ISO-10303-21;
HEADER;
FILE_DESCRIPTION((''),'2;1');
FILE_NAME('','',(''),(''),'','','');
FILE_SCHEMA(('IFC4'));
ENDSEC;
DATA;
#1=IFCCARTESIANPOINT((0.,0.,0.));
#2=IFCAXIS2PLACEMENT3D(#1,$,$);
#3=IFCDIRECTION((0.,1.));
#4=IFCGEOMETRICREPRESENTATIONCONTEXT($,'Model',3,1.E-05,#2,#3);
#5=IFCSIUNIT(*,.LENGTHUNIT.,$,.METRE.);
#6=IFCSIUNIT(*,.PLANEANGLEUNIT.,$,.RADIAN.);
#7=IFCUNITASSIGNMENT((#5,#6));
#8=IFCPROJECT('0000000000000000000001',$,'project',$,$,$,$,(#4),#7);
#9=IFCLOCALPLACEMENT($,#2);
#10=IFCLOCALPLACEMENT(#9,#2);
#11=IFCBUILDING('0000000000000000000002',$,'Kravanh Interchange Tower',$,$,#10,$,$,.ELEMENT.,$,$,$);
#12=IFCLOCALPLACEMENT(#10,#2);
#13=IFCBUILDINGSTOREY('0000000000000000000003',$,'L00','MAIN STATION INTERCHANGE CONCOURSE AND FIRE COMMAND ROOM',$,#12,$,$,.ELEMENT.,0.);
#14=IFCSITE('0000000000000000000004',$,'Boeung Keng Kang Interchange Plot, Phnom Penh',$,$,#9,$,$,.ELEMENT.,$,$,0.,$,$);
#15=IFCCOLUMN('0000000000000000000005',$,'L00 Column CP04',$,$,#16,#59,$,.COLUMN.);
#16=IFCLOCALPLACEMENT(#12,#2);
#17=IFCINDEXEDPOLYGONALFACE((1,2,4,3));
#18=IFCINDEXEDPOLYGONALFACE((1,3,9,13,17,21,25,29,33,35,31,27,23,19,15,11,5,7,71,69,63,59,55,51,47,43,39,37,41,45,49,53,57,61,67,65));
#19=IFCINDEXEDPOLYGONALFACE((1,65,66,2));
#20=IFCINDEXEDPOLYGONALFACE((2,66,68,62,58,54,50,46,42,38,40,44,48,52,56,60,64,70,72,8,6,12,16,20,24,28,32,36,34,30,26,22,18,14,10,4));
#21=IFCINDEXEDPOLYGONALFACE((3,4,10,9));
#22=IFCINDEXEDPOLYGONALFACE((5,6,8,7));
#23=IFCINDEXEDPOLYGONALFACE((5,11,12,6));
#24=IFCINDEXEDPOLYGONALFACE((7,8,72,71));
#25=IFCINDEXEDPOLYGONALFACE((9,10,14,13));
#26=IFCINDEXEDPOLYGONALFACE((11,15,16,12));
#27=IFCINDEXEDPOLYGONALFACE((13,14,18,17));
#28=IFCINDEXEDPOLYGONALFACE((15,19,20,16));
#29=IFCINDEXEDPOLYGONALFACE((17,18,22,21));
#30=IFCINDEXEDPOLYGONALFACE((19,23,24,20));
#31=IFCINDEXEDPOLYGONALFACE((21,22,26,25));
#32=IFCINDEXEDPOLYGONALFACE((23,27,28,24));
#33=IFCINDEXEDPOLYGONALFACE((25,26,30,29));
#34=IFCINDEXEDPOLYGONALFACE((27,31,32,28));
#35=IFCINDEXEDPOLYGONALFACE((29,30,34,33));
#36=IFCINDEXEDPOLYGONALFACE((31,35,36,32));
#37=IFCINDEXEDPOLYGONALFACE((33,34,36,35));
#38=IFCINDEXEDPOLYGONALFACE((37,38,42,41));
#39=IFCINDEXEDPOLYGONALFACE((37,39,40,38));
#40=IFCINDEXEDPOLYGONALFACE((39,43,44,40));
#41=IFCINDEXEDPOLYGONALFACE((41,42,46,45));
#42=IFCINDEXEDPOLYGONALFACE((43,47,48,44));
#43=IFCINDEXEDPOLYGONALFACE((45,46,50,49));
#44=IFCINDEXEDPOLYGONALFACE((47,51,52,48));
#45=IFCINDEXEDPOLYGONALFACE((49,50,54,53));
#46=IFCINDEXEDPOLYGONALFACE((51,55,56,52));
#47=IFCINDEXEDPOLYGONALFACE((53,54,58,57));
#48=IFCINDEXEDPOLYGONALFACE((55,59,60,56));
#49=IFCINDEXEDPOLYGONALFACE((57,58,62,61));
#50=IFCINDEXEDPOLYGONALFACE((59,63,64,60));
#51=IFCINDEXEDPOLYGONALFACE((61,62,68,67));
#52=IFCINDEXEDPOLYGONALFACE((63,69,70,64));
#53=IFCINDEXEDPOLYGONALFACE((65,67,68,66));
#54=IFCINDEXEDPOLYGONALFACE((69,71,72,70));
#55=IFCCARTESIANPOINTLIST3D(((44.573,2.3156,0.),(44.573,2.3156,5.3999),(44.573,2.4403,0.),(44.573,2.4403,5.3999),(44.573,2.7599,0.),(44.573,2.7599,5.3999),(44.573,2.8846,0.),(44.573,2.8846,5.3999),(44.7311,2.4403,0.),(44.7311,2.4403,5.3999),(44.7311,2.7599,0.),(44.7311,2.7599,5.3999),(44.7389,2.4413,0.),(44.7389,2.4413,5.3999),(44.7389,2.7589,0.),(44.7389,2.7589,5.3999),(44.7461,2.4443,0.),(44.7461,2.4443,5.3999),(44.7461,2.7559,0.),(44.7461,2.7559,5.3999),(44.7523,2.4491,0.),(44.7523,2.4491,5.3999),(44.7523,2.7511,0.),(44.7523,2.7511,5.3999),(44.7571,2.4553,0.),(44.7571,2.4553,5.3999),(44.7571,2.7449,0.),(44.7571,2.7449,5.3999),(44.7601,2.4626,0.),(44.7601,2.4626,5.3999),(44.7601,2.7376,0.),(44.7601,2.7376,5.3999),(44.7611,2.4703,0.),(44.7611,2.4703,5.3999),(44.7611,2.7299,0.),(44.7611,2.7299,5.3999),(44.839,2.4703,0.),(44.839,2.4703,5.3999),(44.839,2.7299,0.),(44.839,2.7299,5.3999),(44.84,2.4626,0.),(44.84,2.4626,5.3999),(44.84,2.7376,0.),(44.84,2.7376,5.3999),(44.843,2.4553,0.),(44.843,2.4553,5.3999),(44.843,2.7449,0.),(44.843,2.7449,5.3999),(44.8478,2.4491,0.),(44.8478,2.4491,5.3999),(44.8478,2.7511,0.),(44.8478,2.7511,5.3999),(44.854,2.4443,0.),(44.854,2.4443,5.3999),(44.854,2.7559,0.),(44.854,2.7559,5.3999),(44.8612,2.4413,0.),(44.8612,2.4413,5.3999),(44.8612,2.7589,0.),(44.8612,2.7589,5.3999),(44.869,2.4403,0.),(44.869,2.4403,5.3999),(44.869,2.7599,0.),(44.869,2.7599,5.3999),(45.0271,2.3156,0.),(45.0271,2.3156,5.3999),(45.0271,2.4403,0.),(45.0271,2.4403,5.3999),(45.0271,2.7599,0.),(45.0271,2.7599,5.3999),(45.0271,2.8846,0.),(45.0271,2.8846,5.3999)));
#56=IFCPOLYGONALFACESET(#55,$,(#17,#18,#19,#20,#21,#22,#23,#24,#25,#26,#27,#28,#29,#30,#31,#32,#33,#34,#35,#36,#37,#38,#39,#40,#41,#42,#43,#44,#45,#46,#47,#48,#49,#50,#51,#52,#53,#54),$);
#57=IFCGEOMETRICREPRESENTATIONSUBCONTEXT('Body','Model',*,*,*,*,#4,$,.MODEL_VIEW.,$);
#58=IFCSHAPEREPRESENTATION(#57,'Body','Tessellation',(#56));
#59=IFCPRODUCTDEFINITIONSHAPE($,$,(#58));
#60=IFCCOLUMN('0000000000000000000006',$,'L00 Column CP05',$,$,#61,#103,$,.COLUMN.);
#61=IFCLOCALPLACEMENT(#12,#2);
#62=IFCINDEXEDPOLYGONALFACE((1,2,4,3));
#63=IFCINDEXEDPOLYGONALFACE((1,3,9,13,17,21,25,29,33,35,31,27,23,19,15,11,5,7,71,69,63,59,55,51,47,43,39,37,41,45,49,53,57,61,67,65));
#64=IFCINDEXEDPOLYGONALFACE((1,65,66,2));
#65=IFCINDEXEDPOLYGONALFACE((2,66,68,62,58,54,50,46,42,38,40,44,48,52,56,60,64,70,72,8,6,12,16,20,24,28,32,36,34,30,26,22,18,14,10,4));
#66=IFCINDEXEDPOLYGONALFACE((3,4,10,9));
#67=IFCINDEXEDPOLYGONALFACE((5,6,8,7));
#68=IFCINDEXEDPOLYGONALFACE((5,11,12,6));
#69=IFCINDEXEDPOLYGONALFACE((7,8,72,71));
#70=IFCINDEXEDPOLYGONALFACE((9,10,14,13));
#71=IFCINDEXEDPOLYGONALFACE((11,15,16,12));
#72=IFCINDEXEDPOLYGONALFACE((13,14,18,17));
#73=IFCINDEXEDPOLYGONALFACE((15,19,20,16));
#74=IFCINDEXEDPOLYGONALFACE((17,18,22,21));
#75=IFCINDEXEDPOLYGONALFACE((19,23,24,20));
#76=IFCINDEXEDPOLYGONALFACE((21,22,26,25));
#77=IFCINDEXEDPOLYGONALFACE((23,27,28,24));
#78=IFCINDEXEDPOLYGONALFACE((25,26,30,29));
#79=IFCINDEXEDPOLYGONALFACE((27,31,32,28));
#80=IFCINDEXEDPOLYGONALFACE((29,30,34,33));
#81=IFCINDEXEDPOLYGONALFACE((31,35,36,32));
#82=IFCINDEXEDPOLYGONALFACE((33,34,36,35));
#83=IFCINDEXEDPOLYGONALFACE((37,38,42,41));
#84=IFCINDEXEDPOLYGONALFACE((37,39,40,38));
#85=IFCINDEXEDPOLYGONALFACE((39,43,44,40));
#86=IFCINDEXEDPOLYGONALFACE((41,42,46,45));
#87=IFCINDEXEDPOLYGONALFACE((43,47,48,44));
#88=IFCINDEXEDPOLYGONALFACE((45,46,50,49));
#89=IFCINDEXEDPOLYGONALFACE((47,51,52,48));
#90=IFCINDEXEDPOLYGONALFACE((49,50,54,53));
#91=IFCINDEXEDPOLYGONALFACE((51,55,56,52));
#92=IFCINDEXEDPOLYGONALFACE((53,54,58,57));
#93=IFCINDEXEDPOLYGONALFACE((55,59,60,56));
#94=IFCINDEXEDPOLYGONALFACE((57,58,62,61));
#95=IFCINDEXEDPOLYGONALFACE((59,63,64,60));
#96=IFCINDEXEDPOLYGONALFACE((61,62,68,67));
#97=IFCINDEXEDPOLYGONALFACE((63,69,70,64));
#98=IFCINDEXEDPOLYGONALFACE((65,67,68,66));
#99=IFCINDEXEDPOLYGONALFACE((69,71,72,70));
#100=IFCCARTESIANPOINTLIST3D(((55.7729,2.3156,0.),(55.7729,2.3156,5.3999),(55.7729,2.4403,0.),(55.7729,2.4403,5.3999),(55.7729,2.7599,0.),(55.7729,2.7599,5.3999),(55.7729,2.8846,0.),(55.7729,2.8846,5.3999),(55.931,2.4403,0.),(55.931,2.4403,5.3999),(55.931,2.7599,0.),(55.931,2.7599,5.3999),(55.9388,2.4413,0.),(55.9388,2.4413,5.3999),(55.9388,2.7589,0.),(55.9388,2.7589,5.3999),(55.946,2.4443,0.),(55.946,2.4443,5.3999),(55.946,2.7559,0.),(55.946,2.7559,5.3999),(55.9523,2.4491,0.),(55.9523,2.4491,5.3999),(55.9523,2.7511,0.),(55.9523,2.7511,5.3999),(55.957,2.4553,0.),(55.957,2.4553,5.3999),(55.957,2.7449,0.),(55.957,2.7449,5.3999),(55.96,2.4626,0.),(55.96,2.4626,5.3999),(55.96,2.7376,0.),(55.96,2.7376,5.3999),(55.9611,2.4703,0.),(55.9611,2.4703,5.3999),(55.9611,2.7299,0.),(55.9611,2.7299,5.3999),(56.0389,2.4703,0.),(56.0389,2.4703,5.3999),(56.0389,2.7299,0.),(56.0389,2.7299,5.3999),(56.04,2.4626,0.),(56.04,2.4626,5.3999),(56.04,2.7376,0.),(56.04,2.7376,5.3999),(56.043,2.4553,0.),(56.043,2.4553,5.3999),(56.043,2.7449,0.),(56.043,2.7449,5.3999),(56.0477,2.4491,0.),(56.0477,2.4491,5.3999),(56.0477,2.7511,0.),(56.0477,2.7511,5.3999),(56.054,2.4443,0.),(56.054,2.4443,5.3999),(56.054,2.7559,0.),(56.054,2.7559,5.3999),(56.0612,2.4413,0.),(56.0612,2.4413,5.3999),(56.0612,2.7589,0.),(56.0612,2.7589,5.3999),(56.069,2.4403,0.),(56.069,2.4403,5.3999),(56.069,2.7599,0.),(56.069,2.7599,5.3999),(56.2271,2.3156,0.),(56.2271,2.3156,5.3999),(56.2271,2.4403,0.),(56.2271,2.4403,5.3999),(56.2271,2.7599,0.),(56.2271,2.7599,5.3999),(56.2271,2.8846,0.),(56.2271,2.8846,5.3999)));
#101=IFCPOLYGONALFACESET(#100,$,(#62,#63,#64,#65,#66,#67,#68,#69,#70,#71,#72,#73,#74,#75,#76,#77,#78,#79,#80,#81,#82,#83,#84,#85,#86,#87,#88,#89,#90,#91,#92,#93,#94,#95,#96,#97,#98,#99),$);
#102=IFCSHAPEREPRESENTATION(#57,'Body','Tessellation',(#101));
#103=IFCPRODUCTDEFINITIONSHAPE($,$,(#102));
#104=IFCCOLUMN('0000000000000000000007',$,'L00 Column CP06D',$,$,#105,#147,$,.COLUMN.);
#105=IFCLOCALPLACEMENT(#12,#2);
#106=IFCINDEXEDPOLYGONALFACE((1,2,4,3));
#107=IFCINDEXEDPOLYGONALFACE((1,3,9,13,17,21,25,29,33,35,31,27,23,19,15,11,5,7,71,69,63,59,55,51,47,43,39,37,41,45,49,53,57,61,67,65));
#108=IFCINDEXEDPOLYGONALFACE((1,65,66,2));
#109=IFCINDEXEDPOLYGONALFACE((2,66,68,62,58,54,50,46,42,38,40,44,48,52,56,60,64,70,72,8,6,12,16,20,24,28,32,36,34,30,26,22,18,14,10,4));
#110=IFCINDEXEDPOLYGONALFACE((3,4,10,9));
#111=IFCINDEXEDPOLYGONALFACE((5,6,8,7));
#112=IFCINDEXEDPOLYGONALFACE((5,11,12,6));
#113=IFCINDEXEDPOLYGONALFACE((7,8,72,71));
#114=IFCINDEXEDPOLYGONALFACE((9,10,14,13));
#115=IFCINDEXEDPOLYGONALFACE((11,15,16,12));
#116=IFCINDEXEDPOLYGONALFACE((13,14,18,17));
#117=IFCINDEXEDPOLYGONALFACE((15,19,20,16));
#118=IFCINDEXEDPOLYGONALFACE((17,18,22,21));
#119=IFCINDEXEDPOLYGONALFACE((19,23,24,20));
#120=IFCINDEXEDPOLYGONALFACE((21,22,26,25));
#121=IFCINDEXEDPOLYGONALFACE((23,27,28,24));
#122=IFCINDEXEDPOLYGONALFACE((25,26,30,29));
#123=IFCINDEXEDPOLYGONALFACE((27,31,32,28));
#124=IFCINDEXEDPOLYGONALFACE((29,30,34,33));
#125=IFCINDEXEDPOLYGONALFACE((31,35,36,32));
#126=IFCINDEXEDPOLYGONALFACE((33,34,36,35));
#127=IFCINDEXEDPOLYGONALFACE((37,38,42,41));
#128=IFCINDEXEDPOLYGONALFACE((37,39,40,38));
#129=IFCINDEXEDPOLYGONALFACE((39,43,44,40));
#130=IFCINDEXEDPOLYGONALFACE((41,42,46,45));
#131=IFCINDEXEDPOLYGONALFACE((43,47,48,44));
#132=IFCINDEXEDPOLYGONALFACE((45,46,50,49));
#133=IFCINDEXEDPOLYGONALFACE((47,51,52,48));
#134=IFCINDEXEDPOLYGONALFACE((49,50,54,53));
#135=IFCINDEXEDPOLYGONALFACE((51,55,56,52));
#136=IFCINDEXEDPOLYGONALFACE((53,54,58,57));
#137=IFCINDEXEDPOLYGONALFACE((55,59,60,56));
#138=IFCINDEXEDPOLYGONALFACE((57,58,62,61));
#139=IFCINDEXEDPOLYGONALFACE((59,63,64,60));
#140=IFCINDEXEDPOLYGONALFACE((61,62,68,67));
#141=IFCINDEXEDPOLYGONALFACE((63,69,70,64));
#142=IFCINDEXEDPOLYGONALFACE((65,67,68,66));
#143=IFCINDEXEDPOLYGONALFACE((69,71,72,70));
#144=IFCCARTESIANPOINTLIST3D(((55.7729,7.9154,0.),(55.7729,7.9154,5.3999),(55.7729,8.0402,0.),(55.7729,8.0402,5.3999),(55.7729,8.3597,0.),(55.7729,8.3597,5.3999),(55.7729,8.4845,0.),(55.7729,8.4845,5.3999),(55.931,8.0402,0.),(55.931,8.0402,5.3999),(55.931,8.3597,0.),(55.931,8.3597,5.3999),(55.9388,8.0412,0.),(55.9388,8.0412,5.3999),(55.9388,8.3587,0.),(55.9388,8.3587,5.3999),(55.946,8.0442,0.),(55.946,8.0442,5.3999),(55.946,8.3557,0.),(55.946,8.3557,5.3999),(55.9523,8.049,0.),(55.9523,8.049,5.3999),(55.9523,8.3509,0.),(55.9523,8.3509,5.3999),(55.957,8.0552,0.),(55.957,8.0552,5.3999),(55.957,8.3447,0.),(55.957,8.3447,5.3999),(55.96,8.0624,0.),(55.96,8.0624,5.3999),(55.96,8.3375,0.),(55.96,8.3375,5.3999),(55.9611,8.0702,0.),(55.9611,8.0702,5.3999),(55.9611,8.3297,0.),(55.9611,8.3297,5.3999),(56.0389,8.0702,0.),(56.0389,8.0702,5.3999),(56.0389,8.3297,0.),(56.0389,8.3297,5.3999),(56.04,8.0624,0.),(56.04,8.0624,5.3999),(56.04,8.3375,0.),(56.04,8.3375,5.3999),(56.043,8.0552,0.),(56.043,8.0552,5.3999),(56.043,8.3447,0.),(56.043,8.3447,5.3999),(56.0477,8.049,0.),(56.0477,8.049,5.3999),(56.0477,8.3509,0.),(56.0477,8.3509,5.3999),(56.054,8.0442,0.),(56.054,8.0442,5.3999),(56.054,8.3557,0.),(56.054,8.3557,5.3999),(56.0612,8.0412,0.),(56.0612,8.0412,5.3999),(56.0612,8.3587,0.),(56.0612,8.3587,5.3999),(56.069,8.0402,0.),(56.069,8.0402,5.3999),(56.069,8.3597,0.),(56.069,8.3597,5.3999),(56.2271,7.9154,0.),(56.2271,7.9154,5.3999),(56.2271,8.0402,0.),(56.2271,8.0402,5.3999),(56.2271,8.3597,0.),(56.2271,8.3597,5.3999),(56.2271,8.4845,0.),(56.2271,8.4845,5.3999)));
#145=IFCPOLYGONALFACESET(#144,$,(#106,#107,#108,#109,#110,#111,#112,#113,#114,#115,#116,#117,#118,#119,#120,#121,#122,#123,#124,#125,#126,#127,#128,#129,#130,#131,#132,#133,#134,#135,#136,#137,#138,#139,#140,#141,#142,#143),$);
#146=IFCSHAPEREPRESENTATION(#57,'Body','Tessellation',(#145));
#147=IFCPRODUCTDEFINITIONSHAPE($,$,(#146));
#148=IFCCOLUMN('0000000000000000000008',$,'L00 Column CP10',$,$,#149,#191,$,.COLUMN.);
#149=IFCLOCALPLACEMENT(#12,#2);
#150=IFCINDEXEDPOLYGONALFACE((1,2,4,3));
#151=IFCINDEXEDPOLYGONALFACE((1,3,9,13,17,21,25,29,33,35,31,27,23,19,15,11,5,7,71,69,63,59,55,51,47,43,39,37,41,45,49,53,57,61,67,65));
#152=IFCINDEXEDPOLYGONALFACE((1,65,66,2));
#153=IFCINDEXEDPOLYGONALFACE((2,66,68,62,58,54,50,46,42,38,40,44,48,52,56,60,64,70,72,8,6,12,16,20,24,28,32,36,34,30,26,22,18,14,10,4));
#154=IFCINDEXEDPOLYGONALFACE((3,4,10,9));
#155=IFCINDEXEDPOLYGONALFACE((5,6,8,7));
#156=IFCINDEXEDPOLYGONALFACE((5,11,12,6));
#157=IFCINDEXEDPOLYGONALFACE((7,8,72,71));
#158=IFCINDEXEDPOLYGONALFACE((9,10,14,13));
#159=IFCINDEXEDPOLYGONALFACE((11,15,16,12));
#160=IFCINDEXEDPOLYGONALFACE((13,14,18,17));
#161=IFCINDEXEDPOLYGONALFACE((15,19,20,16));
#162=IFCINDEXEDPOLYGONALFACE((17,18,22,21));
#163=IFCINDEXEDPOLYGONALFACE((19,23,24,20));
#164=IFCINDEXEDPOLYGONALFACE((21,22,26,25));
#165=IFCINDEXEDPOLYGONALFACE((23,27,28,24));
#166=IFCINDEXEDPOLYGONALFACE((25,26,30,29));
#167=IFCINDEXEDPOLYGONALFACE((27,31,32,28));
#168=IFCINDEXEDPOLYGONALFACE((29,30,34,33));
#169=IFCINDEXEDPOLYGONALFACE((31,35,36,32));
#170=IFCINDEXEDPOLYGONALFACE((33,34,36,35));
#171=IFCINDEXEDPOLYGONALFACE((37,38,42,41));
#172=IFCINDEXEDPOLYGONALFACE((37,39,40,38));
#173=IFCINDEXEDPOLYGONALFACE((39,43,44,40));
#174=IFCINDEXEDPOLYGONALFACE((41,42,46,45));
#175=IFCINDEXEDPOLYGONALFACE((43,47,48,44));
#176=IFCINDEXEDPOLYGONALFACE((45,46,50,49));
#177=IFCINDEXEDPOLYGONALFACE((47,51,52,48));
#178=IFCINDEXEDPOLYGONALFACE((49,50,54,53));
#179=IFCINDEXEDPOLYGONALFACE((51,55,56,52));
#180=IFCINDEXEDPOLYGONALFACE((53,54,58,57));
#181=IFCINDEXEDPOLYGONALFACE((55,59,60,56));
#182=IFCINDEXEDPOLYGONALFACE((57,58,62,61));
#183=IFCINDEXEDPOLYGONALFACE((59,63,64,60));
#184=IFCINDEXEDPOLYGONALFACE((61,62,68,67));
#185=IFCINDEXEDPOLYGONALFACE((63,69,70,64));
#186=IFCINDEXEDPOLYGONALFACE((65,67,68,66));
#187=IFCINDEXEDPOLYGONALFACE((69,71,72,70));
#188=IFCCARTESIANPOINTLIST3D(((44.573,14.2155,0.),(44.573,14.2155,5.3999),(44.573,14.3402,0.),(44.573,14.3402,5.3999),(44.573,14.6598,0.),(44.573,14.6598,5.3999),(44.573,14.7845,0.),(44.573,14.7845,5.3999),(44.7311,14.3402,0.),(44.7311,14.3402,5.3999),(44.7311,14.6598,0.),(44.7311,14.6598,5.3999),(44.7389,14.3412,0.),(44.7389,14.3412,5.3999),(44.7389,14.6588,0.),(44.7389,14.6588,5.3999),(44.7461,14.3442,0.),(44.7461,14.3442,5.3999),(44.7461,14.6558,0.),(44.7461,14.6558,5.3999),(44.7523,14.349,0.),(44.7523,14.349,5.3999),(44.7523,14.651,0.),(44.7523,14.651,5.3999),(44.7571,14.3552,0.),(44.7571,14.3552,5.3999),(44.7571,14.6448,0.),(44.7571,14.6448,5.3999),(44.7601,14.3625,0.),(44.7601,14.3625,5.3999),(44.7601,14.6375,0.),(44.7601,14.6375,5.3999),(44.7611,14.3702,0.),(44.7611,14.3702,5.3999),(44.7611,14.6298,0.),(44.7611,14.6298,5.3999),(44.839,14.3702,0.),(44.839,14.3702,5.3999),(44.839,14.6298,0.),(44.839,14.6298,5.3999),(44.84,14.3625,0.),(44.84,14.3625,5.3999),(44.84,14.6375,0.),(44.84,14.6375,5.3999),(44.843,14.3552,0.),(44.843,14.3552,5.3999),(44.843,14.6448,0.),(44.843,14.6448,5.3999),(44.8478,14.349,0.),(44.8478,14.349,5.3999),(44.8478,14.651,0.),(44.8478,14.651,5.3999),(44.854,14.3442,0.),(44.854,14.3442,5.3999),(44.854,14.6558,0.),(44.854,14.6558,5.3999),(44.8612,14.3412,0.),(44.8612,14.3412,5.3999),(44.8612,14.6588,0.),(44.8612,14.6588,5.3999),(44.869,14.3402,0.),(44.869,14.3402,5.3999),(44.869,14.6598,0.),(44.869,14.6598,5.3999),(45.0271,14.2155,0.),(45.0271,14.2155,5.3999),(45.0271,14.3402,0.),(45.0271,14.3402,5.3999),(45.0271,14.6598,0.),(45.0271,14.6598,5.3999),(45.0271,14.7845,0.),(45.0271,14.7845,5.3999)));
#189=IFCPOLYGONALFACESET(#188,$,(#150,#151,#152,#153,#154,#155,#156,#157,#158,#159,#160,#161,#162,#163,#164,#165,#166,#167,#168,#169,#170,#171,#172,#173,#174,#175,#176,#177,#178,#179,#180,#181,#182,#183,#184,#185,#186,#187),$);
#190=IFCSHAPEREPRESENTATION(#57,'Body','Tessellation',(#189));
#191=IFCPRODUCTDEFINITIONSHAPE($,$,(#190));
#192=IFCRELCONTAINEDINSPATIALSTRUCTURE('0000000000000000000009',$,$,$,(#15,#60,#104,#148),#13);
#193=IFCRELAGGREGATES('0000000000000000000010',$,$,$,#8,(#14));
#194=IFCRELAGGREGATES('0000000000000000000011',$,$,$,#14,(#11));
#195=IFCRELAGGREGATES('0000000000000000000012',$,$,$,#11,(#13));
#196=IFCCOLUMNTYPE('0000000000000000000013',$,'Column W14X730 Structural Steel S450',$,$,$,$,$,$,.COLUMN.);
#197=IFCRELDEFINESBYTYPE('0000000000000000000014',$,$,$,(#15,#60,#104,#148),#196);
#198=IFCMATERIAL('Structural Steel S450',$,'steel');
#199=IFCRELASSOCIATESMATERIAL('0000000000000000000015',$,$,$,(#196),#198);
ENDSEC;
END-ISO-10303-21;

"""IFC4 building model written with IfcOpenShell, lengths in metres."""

from ifc_helpers import new_model, si_unit, direction, frame, origin, origin_2d, place, context, subcontext, project, spatial, i_section, extrude, material, material_profile, profile_set, type_object, element, save


model = new_model("IFC4")

# Units and contexts
model_context = context("Model", 3, precision=1e-05, world=origin(), true_north=direction((0.0, 1.0)))
body_context = subcontext(model_context, "Body", "Model", "MODEL_VIEW")
ifc_project = project(units=[si_unit("LENGTHUNIT", "METRE"), si_unit("PLANEANGLEUNIT", "RADIAN")], contexts=[model_context])

# Site, building, storey
site_placement = place(None, origin())
site = spatial("IfcSite", under=ifc_project, at=site_placement, Name="Boeung Keng Kang Interchange Plot, Phnom Penh", CompositionType="ELEMENT", RefElevation=0.0)
building_placement = place(site_placement, origin())
building = spatial("IfcBuilding", under=site, at=building_placement, Name="Kravanh Interchange Tower", CompositionType="ELEMENT")
storey_placement = place(building_placement, origin())
storey = spatial("IfcBuildingStorey", under=building, at=storey_placement, Name="L00", Description="MAIN STATION INTERCHANGE CONCOURSE AND FIRE COMMAND ROOM", CompositionType="ELEMENT", Elevation=0.0)

# Columns
ifc_material_1 = material(Name="Structural Steel S450", Category="steel")
ifc_material_profile_1 = material_profile(ifc_material_1, i_section(OverallWidth=0.4541, OverallDepth=0.5691, WebThickness=0.0779, FlangeThickness=0.1248, FilletRadius=0.03, at=origin_2d()), Name="W14X730")
ifc_profile_set_1 = profile_set([ifc_material_profile_1], Name="Structural Steel S450")
column_type = type_object("IfcColumnType", Name="Column W14X730 Structural Steel S450", PredefinedType="COLUMN", material=ifc_profile_set_1)
for number, where, z_axis, x_axis, name in (
    (1, (44.8, 2.6001, 0.0), (0.0, 0.0, 1.0), (1.0, 0.0, 0.0), "L00 Column CP04"),
    (2, (56.0, 2.6001, 0.0), (0.0, 0.0, 1.0), (1.0, 0.0, 0.0), "L00 Column CP05"),
    (3, (56.0, 8.2, 0.0), (0.0, 0.0, 1.0), (1.0, 0.0, 0.0), "L00 Column CP06D"),
    (4, (44.8, 14.5, 0.0), (0.0, 0.0, 1.0), (1.0, 0.0, 0.0), "L00 Column CP10"),
):
    element("IfcColumn", number, at=place(storey_placement, frame(where, z_axis=z_axis, x_axis=x_axis)), inside=storey, type_object=column_type, Name=name, PredefinedType="COLUMN", context=body_context, shape_type="SweptSolid", body=[
        extrude(i_section(OverallWidth=0.4541, OverallDepth=0.5691, WebThickness=0.0779, FlangeThickness=0.1248, FilletRadius=0.03, at=origin_2d()), origin(), (0.0, 0.0, 1.0), 5.3999),
    ])

save(model, "model.ifc")
